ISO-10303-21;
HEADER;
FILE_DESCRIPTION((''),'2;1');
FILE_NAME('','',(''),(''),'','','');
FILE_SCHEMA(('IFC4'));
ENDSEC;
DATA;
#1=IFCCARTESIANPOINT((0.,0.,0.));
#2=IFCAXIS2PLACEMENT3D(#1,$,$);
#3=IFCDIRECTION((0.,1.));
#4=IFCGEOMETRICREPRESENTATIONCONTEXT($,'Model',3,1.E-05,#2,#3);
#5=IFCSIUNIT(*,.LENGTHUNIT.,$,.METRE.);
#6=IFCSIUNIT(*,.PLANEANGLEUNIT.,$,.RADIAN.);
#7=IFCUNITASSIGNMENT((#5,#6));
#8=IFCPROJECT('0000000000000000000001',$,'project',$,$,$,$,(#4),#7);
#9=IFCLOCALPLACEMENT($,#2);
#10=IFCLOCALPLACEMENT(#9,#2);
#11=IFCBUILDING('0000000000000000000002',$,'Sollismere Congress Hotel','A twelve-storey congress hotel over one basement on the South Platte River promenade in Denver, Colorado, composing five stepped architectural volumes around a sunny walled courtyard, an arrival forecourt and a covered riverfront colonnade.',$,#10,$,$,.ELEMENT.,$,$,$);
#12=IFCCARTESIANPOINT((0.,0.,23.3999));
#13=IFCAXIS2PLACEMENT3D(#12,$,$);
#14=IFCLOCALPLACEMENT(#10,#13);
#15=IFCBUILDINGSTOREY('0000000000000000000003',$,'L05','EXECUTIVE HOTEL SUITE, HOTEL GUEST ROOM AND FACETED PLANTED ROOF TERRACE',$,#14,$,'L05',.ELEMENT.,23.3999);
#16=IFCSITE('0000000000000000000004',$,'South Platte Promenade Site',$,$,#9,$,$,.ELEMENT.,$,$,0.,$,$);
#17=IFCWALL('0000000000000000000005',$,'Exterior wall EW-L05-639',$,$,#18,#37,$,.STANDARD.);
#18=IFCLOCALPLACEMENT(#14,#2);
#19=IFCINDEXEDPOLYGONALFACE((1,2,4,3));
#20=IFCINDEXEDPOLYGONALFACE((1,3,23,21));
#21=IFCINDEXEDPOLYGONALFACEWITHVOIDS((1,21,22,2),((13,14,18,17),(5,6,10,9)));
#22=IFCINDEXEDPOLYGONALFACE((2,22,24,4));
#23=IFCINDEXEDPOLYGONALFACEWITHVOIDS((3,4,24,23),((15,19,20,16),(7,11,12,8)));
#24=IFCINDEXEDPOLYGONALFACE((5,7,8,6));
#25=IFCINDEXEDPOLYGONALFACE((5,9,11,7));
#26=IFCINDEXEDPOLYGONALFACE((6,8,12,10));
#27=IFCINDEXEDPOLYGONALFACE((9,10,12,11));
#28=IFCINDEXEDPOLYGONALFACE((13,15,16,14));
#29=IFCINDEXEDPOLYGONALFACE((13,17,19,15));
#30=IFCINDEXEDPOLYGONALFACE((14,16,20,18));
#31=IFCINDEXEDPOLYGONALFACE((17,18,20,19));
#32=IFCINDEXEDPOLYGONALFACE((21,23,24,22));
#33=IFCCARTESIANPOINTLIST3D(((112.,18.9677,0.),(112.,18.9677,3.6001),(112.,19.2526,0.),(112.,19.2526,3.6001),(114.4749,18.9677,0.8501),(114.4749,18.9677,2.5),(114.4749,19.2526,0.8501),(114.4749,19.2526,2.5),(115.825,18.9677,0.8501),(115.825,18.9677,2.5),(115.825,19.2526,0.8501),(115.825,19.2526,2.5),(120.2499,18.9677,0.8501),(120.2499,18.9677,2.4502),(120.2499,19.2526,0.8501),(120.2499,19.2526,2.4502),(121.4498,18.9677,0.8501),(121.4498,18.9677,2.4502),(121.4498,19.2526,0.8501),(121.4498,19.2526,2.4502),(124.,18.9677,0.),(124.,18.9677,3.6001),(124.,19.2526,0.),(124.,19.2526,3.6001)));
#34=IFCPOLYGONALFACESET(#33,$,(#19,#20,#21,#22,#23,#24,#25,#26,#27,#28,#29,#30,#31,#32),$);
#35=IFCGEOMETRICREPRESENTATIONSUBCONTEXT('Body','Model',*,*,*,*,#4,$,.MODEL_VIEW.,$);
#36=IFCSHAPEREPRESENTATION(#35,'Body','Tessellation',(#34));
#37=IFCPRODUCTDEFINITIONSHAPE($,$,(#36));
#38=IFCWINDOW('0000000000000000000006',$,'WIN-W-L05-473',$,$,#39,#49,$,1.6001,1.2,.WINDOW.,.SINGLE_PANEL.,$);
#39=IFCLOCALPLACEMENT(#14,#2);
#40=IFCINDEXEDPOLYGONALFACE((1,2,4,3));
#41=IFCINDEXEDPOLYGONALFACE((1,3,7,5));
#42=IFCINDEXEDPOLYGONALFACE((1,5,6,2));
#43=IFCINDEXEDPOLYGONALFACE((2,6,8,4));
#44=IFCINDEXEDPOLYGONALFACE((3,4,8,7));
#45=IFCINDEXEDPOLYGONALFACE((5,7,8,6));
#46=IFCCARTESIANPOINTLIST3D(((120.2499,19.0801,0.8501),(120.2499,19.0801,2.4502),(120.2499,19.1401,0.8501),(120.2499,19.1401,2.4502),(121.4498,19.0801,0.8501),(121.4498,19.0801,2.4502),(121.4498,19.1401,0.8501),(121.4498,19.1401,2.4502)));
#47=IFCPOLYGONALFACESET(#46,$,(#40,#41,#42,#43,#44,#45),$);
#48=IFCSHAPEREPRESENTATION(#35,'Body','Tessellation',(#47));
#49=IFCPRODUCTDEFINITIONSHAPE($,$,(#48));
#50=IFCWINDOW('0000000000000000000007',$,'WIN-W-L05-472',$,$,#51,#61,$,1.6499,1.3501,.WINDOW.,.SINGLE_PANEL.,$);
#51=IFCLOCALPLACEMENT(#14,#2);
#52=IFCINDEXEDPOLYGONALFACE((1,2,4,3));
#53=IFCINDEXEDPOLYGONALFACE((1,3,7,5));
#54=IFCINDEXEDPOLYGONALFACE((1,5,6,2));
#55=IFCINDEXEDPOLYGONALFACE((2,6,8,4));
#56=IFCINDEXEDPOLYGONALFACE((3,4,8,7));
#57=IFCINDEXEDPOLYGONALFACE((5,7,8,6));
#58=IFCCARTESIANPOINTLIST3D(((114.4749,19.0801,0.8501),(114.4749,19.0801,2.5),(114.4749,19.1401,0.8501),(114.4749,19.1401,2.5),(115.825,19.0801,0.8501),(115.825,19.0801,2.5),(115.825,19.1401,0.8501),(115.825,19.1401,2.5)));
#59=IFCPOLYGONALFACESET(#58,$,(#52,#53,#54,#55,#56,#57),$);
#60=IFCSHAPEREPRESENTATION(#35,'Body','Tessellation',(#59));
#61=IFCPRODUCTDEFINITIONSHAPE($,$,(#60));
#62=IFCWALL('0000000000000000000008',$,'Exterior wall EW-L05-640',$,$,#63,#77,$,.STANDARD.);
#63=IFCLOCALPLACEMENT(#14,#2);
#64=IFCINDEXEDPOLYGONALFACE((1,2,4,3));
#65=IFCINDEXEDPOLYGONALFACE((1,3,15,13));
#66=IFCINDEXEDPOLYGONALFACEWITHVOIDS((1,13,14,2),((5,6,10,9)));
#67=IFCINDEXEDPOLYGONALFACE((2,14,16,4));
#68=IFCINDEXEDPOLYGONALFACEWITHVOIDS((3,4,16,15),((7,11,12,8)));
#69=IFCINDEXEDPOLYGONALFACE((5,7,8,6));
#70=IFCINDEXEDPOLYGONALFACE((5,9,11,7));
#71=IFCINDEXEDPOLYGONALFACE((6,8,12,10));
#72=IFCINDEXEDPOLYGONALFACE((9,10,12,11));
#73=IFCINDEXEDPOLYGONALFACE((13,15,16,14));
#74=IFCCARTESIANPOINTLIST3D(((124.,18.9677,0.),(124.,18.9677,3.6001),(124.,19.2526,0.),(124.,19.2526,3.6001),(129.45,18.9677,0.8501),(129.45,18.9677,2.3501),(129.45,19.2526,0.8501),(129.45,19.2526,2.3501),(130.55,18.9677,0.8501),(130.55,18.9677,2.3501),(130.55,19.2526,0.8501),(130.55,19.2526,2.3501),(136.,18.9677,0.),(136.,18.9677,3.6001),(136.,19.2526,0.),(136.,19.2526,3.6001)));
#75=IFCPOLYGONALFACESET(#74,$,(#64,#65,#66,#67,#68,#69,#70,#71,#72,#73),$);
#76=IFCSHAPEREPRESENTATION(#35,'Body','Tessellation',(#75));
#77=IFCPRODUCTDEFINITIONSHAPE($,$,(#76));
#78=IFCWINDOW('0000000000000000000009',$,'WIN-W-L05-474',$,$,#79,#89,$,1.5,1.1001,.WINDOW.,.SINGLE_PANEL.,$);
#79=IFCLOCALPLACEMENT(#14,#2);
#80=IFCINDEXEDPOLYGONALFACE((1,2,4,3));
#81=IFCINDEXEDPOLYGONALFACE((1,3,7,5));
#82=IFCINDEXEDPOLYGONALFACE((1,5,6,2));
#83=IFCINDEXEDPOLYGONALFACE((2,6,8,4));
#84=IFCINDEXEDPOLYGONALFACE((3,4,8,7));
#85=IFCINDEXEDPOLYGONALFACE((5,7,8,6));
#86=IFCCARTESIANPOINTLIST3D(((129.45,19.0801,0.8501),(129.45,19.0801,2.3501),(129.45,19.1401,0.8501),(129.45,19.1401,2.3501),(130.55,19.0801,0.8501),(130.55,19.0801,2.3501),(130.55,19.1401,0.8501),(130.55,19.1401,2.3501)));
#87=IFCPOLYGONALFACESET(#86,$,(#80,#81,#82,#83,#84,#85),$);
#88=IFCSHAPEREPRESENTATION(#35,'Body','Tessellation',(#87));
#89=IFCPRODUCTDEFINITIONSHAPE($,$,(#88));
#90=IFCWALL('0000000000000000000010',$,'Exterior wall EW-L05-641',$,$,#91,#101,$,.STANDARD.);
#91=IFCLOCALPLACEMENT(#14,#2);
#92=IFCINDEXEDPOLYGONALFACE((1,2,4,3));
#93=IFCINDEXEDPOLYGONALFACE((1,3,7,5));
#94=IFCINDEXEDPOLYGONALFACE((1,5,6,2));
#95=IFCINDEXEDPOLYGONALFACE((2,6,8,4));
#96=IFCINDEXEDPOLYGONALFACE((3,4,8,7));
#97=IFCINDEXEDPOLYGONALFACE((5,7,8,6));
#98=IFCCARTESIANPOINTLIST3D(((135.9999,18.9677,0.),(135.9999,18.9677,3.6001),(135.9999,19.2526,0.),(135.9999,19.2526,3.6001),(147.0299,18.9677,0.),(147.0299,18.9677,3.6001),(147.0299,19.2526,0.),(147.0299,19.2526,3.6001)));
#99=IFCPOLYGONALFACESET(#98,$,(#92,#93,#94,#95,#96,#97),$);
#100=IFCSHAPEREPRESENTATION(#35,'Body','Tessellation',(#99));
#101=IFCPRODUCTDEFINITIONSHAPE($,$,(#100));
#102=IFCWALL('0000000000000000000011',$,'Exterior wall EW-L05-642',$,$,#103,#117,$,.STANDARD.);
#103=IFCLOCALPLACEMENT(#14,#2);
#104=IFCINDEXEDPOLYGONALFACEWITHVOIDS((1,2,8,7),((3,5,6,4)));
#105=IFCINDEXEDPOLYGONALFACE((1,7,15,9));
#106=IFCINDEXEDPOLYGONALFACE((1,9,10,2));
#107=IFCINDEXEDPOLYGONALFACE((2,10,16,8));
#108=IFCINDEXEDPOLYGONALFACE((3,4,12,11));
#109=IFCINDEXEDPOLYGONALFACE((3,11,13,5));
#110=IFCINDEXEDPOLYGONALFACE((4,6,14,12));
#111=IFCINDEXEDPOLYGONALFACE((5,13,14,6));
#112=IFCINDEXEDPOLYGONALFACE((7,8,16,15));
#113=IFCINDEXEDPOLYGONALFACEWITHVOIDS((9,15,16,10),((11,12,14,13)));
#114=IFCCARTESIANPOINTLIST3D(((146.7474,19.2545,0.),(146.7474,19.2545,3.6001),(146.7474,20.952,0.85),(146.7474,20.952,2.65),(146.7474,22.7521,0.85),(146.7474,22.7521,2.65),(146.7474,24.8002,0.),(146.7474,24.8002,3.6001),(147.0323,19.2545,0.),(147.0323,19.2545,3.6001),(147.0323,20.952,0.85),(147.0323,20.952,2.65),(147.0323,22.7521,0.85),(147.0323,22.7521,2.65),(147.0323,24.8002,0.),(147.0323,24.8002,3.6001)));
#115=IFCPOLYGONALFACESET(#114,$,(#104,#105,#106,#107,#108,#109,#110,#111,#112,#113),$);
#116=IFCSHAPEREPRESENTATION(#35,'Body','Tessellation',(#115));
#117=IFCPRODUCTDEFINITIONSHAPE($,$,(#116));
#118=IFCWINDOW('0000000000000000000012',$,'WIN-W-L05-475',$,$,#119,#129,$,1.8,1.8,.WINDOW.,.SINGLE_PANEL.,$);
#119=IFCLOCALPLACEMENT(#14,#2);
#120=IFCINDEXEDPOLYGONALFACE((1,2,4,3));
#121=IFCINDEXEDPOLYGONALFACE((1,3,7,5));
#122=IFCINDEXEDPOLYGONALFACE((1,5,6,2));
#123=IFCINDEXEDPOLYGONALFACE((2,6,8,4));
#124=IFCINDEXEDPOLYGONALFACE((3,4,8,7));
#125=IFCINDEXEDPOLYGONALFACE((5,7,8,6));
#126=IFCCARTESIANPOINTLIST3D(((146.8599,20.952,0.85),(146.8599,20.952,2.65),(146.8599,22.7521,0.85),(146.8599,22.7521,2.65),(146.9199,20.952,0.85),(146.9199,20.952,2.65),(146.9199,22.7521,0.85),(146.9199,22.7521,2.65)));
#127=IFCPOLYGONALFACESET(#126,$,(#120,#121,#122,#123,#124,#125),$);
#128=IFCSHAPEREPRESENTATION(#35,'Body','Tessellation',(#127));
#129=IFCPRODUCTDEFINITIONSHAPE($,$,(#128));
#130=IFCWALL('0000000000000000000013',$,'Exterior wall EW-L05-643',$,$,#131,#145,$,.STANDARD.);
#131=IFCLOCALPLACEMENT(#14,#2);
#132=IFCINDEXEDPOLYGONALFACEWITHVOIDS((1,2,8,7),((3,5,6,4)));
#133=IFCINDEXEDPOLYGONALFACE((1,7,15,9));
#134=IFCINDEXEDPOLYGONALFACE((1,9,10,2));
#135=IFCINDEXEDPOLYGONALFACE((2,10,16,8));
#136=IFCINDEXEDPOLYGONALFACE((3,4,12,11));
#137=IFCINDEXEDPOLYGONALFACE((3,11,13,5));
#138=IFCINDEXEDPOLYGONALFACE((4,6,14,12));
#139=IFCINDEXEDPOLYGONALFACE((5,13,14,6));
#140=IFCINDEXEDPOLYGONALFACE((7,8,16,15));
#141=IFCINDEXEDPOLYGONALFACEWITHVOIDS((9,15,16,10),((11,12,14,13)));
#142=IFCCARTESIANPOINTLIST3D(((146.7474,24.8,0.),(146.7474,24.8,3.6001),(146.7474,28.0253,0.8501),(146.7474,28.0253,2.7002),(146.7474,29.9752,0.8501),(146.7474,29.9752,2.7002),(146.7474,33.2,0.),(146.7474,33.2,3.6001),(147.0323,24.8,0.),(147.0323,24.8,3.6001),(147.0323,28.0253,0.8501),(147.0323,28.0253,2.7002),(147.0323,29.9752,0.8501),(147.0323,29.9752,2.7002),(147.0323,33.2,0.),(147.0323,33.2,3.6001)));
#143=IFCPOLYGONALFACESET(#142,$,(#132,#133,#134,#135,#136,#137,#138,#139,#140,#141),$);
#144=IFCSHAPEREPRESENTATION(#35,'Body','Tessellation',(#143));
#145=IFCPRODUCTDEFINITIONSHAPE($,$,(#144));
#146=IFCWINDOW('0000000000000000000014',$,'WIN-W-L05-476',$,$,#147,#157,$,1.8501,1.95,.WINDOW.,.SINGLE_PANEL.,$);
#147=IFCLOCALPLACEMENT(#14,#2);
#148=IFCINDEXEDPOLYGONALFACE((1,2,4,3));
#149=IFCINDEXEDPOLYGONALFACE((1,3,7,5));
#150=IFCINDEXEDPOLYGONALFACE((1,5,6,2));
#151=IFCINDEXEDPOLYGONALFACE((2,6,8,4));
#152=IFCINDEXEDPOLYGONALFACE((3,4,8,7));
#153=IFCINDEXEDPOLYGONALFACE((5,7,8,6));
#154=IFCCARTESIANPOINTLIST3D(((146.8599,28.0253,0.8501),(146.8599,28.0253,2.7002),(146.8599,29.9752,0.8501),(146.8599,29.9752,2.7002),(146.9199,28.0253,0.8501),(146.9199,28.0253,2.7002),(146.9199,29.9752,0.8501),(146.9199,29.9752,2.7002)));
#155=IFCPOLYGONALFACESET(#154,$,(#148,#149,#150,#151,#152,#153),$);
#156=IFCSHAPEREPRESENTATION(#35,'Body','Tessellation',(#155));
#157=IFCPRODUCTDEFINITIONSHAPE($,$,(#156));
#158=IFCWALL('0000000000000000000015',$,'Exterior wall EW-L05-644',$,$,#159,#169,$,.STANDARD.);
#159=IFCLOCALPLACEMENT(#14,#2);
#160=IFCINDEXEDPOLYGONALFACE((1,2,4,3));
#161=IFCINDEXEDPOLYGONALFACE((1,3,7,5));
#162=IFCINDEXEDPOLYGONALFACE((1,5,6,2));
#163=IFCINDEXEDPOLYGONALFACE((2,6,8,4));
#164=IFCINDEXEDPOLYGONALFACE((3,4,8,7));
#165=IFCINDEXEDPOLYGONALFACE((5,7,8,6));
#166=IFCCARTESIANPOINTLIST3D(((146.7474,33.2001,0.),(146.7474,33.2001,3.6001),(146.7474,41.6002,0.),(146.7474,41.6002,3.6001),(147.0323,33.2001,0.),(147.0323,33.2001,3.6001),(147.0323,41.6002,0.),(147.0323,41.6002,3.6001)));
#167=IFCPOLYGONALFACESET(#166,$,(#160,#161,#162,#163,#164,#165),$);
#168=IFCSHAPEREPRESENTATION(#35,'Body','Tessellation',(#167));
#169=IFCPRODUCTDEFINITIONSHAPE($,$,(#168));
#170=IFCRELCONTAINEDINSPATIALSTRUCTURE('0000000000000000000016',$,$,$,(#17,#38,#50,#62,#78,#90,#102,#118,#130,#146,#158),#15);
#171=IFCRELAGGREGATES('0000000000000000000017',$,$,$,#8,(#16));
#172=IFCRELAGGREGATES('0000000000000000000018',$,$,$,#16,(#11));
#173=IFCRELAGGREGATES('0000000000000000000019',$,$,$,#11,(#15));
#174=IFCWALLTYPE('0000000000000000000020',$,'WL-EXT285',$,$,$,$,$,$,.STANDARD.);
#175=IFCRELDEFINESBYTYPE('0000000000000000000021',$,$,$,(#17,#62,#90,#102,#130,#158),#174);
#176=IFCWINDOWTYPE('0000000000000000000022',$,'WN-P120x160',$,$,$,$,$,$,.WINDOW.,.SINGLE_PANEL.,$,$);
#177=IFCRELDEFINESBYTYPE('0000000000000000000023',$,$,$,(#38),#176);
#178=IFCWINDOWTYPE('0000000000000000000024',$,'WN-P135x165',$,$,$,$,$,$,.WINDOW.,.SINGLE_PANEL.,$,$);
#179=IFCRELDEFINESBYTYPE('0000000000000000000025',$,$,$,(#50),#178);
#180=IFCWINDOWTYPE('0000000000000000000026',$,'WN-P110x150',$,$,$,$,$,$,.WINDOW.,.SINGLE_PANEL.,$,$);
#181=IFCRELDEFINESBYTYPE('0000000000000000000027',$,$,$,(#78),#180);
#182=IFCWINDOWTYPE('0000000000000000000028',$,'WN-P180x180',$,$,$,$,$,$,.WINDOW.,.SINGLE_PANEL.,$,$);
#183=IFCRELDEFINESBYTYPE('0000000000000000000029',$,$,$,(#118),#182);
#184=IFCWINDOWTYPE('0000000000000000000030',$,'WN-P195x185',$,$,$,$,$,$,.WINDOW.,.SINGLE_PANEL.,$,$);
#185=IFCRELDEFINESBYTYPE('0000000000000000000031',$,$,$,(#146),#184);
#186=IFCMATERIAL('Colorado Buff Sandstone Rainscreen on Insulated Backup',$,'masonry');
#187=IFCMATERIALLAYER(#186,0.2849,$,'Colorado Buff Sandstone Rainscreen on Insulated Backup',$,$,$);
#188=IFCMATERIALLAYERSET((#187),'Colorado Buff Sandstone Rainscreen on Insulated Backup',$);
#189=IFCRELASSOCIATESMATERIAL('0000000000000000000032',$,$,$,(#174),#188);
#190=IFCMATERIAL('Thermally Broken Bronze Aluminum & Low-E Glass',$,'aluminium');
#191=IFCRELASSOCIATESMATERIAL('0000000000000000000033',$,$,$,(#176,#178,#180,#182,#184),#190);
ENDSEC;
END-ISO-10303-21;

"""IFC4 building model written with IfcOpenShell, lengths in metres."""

from ifc_helpers import new_model, si_unit, direction, frame, frame_2d, origin, place, context, subcontext, project, spatial, rectangle, extrude, material, layer, layer_set, type_object, element, fill, save


model = new_model("IFC4")

# Units and contexts
model_context = context("Model", 3, precision=1e-05, world=origin(), true_north=direction((0.0, 1.0)))
body_context = subcontext(model_context, "Body", "Model", "MODEL_VIEW")
ifc_project = project(units=[si_unit("LENGTHUNIT", "METRE"), si_unit("PLANEANGLEUNIT", "RADIAN")], contexts=[model_context])

# Site, building, storey
site_placement = place(None, origin())
site = spatial("IfcSite", under=ifc_project, at=site_placement, Name="South Platte Promenade Site", CompositionType="ELEMENT", RefElevation=0.0)
building_placement = place(site_placement, origin())
building = spatial("IfcBuilding", under=site, at=building_placement, Name="Sollismere Congress Hotel", Description="A twelve-storey congress hotel over one basement on the South Platte River promenade in Denver, Colorado, composing five stepped architectural volumes around a sunny walled courtyard, an arrival forecourt and a covered riverfront colonnade.", CompositionType="ELEMENT")
storey_placement = place(building_placement, frame((0.0, 0.0, 23.3999)))
storey = spatial("IfcBuildingStorey", under=building, at=storey_placement, Name="L05", Description="EXECUTIVE HOTEL SUITE, HOTEL GUEST ROOM AND FACETED PLANTED ROOF TERRACE", LongName="L05", CompositionType="ELEMENT", Elevation=23.3999)

# Shared definitions
ifc_material_1 = material(Name="Colorado Buff Sandstone Rainscreen on Insulated Backup", Category="masonry")
ifc_layer_1 = layer(ifc_material_1, 0.2849, Name="Colorado Buff Sandstone Rainscreen on Insulated Backup")
ifc_layer_set_1 = layer_set([ifc_layer_1], Name="Colorado Buff Sandstone Rainscreen on Insulated Backup")
wall_type_1 = type_object("IfcWallType", Name="WL-EXT285", PredefinedType="STANDARD", material=ifc_layer_set_1)

# Wall, openings, windows
ifc_material_2 = material(Name="Thermally Broken Bronze Aluminum & Low-E Glass", Category="aluminium")
wall_1_placement = place(storey_placement, frame((124.0, 19.1101, 0.0), z_axis=(0.0, 0.0, 1.0), x_axis=(-1.0, 0.0, 0.0)))
wall_1 = element("IfcWall", 1, at=wall_1_placement, inside=storey, type_object=wall_type_1, Name="Exterior wall EW-L05-639", PredefinedType="STANDARD", context=body_context, shape_type="SweptSolid", body=[
    extrude(rectangle(XDim=12.0, YDim=0.2849, at=frame_2d((6.0, 0.0))), origin(), (0.0, 0.0, 1.0), 3.6001),
])
opening_1_placement = place(wall_1_placement, frame((8.175, 0.0, 0.8501)))
opening_1 = element("IfcOpeningElement", 2, at=opening_1_placement, cuts=wall_1, PredefinedType="OPENING", context=body_context, shape_type="SweptSolid", body=[
    extrude(rectangle(XDim=1.3501, YDim=1.6499, at=frame_2d((0.675, 0.825))), frame((0.0, 0.1523, 0.0), z_axis=(0.0, -1.0, 0.0), x_axis=(1.0, 0.0, 0.0)), (0.0, 0.0, 1.0), 0.3049),
])
opening_2_placement = place(wall_1_placement, frame((2.55, 0.0, 0.8501)))
opening_2 = element("IfcOpeningElement", 3, at=opening_2_placement, cuts=wall_1, PredefinedType="OPENING", context=body_context, shape_type="SweptSolid", body=[
    extrude(rectangle(XDim=1.2, YDim=1.6001, at=frame_2d((0.6001, 0.8))), frame((0.0, 0.1523, 0.0), z_axis=(0.0, -1.0, 0.0), x_axis=(1.0, 0.0, 0.0)), (0.0, 0.0, 1.0), 0.3049),
])
window_type_1 = type_object("IfcWindowType", Name="WN-P120x160", PartitioningType="SINGLE_PANEL", PredefinedType="WINDOW", material=ifc_material_2)
window_1_placement = place(opening_2_placement, origin())
window_1 = element("IfcWindow", 4, at=window_1_placement, inside=storey, type_object=window_type_1, Name="WIN-W-L05-473", OverallHeight=1.6001, OverallWidth=1.2, PartitioningType="SINGLE_PANEL", PredefinedType="WINDOW", context=body_context, shape_type="SweptSolid", body=[
    extrude(rectangle(XDim=1.2, YDim=1.6001, at=frame_2d((0.6001, 0.8))), frame((0.0, 0.03, 0.0), z_axis=(0.0, -1.0, 0.0), x_axis=(1.0, 0.0, 0.0)), (0.0, 0.0, 1.0), 0.0601),
])
fill(opening_2, window_1)
window_type_2 = type_object("IfcWindowType", Name="WN-P135x165", PartitioningType="SINGLE_PANEL", PredefinedType="WINDOW", material=ifc_material_2)
window_2_placement = place(opening_1_placement, origin())
window_2 = element("IfcWindow", 5, at=window_2_placement, inside=storey, type_object=window_type_2, Name="WIN-W-L05-472", OverallHeight=1.6499, OverallWidth=1.3501, PartitioningType="SINGLE_PANEL", PredefinedType="WINDOW", context=body_context, shape_type="SweptSolid", body=[
    extrude(rectangle(XDim=1.3501, YDim=1.6499, at=frame_2d((0.675, 0.825))), frame((0.0, 0.03, 0.0), z_axis=(0.0, -1.0, 0.0), x_axis=(1.0, 0.0, 0.0)), (0.0, 0.0, 1.0), 0.0601),
])
fill(opening_1, window_2)

# Wall, opening, window
wall_2_placement = place(storey_placement, frame((136.0, 19.1101, 0.0), z_axis=(0.0, 0.0, 1.0), x_axis=(-1.0, 0.0, 0.0)))
wall_2 = element("IfcWall", 6, at=wall_2_placement, inside=storey, type_object=wall_type_1, Name="Exterior wall EW-L05-640", PredefinedType="STANDARD", context=body_context, shape_type="SweptSolid", body=[
    extrude(rectangle(XDim=12.0, YDim=0.2849, at=frame_2d((6.0, 0.0))), origin(), (0.0, 0.0, 1.0), 3.6001),
])
opening_3_placement = place(wall_2_placement, frame((5.45, 0.0, 0.8501)))
opening_3 = element("IfcOpeningElement", 7, at=opening_3_placement, cuts=wall_2, PredefinedType="OPENING", context=body_context, shape_type="SweptSolid", body=[
    extrude(rectangle(XDim=1.1001, YDim=1.5, at=frame_2d((0.55, 0.75))), frame((0.0, 0.1523, 0.0), z_axis=(0.0, -1.0, 0.0), x_axis=(1.0, 0.0, 0.0)), (0.0, 0.0, 1.0), 0.3049),
])
window_type_3 = type_object("IfcWindowType", Name="WN-P110x150", PartitioningType="SINGLE_PANEL", PredefinedType="WINDOW", material=ifc_material_2)
window_3_placement = place(opening_3_placement, origin())
window_3 = element("IfcWindow", 8, at=window_3_placement, inside=storey, type_object=window_type_3, Name="WIN-W-L05-474", OverallHeight=1.5, OverallWidth=1.1001, PartitioningType="SINGLE_PANEL", PredefinedType="WINDOW", context=body_context, shape_type="SweptSolid", body=[
    extrude(rectangle(XDim=1.1001, YDim=1.5, at=frame_2d((0.55, 0.75))), frame((0.0, 0.03, 0.0), z_axis=(0.0, -1.0, 0.0), x_axis=(1.0, 0.0, 0.0)), (0.0, 0.0, 1.0), 0.0601),
])
fill(opening_3, window_3)

# Wall
wall_3_placement = place(storey_placement, frame((147.03, 19.1101, 0.0), z_axis=(0.0, 0.0, 1.0), x_axis=(-1.0, 0.0, 0.0)))
element("IfcWall", 9, at=wall_3_placement, inside=storey, type_object=wall_type_1, Name="Exterior wall EW-L05-641", PredefinedType="STANDARD", context=body_context, shape_type="SweptSolid", body=[
    extrude(rectangle(XDim=11.03, YDim=0.2849, at=frame_2d((5.5151, 0.0))), origin(), (0.0, 0.0, 1.0), 3.6001),
])

# Walls, openings, windows
wall_4_placement = place(storey_placement, frame((146.8899, 19.2544, 0.0), z_axis=(0.0, 0.0, 1.0), x_axis=(0.0, 1.0, 0.0)))
wall_4 = element("IfcWall", 10, at=wall_4_placement, inside=storey, type_object=wall_type_1, Name="Exterior wall EW-L05-642", PredefinedType="STANDARD", context=body_context, shape_type="SweptSolid", body=[
    extrude(rectangle(XDim=5.5457, YDim=0.2849, at=frame_2d((2.7729, 0.0))), origin(), (0.0, 0.0, 1.0), 3.6001),
])
opening_4_placement = place(wall_4_placement, frame((1.6978, 0.0, 0.8501)))
opening_4 = element("IfcOpeningElement", 11, at=opening_4_placement, cuts=wall_4, PredefinedType="OPENING", context=body_context, shape_type="SweptSolid", body=[
    extrude(rectangle(XDim=1.8, YDim=1.8, at=frame_2d((0.8999, 0.8999))), frame((0.0, 0.1523, 0.0), z_axis=(0.0, -1.0, 0.0), x_axis=(1.0, 0.0, 0.0)), (0.0, 0.0, 1.0), 0.3049),
])
window_type_4 = type_object("IfcWindowType", Name="WN-P180x180", PartitioningType="SINGLE_PANEL", PredefinedType="WINDOW", material=ifc_material_2)
window_4_placement = place(opening_4_placement, origin())
window_4 = element("IfcWindow", 12, at=window_4_placement, inside=storey, type_object=window_type_4, Name="WIN-W-L05-475", OverallHeight=1.8, OverallWidth=1.8, PartitioningType="SINGLE_PANEL", PredefinedType="WINDOW", context=body_context, shape_type="SweptSolid", body=[
    extrude(rectangle(XDim=1.8, YDim=1.8, at=frame_2d((0.8999, 0.8999))), frame((0.0, 0.03, 0.0), z_axis=(0.0, -1.0, 0.0), x_axis=(1.0, 0.0, 0.0)), (0.0, 0.0, 1.0), 0.0601),
])
fill(opening_4, window_4)
wall_5_placement = place(storey_placement, frame((146.8899, 24.8, 0.0), z_axis=(0.0, 0.0, 1.0), x_axis=(0.0, 1.0, 0.0)))
wall_5 = element("IfcWall", 13, at=wall_5_placement, inside=storey, type_object=wall_type_1, Name="Exterior wall EW-L05-643", PredefinedType="STANDARD", context=body_context, shape_type="SweptSolid", body=[
    extrude(rectangle(XDim=8.3999, YDim=0.2849, at=frame_2d((4.2, 0.0))), origin(), (0.0, 0.0, 1.0), 3.6001),
])
opening_5_placement = place(wall_5_placement, frame((3.2251, 0.0, 0.8501)))
opening_5 = element("IfcOpeningElement", 14, at=opening_5_placement, cuts=wall_5, PredefinedType="OPENING", context=body_context, shape_type="SweptSolid", body=[
    extrude(rectangle(XDim=1.95, YDim=1.8501, at=frame_2d((0.9751, 0.925))), frame((0.0, 0.1523, 0.0), z_axis=(0.0, -1.0, 0.0), x_axis=(1.0, 0.0, 0.0)), (0.0, 0.0, 1.0), 0.3049),
])
window_type_5 = type_object("IfcWindowType", Name="WN-P195x185", PartitioningType="SINGLE_PANEL", PredefinedType="WINDOW", material=ifc_material_2)
window_5_placement = place(opening_5_placement, origin())
window_5 = element("IfcWindow", 15, at=window_5_placement, inside=storey, type_object=window_type_5, Name="WIN-W-L05-476", OverallHeight=1.8501, OverallWidth=1.95, PartitioningType="SINGLE_PANEL", PredefinedType="WINDOW", context=body_context, shape_type="SweptSolid", body=[
    extrude(rectangle(XDim=1.95, YDim=1.8501, at=frame_2d((0.9751, 0.925))), frame((0.0, 0.03, 0.0), z_axis=(0.0, -1.0, 0.0), x_axis=(1.0, 0.0, 0.0)), (0.0, 0.0, 1.0), 0.0601),
])
fill(opening_5, window_5)

# Wall
wall_6_placement = place(storey_placement, frame((146.8899, 33.2, 0.0), z_axis=(0.0, 0.0, 1.0), x_axis=(0.0, 1.0, 0.0)))
element("IfcWall", 16, at=wall_6_placement, inside=storey, type_object=wall_type_1, Name="Exterior wall EW-L05-644", PredefinedType="STANDARD", context=body_context, shape_type="SweptSolid", body=[
    extrude(rectangle(XDim=8.4001, YDim=0.2849, at=frame_2d((4.2002, 0.0))), origin(), (0.0, 0.0, 1.0), 3.6001),
])

save(model, "model.ifc")
